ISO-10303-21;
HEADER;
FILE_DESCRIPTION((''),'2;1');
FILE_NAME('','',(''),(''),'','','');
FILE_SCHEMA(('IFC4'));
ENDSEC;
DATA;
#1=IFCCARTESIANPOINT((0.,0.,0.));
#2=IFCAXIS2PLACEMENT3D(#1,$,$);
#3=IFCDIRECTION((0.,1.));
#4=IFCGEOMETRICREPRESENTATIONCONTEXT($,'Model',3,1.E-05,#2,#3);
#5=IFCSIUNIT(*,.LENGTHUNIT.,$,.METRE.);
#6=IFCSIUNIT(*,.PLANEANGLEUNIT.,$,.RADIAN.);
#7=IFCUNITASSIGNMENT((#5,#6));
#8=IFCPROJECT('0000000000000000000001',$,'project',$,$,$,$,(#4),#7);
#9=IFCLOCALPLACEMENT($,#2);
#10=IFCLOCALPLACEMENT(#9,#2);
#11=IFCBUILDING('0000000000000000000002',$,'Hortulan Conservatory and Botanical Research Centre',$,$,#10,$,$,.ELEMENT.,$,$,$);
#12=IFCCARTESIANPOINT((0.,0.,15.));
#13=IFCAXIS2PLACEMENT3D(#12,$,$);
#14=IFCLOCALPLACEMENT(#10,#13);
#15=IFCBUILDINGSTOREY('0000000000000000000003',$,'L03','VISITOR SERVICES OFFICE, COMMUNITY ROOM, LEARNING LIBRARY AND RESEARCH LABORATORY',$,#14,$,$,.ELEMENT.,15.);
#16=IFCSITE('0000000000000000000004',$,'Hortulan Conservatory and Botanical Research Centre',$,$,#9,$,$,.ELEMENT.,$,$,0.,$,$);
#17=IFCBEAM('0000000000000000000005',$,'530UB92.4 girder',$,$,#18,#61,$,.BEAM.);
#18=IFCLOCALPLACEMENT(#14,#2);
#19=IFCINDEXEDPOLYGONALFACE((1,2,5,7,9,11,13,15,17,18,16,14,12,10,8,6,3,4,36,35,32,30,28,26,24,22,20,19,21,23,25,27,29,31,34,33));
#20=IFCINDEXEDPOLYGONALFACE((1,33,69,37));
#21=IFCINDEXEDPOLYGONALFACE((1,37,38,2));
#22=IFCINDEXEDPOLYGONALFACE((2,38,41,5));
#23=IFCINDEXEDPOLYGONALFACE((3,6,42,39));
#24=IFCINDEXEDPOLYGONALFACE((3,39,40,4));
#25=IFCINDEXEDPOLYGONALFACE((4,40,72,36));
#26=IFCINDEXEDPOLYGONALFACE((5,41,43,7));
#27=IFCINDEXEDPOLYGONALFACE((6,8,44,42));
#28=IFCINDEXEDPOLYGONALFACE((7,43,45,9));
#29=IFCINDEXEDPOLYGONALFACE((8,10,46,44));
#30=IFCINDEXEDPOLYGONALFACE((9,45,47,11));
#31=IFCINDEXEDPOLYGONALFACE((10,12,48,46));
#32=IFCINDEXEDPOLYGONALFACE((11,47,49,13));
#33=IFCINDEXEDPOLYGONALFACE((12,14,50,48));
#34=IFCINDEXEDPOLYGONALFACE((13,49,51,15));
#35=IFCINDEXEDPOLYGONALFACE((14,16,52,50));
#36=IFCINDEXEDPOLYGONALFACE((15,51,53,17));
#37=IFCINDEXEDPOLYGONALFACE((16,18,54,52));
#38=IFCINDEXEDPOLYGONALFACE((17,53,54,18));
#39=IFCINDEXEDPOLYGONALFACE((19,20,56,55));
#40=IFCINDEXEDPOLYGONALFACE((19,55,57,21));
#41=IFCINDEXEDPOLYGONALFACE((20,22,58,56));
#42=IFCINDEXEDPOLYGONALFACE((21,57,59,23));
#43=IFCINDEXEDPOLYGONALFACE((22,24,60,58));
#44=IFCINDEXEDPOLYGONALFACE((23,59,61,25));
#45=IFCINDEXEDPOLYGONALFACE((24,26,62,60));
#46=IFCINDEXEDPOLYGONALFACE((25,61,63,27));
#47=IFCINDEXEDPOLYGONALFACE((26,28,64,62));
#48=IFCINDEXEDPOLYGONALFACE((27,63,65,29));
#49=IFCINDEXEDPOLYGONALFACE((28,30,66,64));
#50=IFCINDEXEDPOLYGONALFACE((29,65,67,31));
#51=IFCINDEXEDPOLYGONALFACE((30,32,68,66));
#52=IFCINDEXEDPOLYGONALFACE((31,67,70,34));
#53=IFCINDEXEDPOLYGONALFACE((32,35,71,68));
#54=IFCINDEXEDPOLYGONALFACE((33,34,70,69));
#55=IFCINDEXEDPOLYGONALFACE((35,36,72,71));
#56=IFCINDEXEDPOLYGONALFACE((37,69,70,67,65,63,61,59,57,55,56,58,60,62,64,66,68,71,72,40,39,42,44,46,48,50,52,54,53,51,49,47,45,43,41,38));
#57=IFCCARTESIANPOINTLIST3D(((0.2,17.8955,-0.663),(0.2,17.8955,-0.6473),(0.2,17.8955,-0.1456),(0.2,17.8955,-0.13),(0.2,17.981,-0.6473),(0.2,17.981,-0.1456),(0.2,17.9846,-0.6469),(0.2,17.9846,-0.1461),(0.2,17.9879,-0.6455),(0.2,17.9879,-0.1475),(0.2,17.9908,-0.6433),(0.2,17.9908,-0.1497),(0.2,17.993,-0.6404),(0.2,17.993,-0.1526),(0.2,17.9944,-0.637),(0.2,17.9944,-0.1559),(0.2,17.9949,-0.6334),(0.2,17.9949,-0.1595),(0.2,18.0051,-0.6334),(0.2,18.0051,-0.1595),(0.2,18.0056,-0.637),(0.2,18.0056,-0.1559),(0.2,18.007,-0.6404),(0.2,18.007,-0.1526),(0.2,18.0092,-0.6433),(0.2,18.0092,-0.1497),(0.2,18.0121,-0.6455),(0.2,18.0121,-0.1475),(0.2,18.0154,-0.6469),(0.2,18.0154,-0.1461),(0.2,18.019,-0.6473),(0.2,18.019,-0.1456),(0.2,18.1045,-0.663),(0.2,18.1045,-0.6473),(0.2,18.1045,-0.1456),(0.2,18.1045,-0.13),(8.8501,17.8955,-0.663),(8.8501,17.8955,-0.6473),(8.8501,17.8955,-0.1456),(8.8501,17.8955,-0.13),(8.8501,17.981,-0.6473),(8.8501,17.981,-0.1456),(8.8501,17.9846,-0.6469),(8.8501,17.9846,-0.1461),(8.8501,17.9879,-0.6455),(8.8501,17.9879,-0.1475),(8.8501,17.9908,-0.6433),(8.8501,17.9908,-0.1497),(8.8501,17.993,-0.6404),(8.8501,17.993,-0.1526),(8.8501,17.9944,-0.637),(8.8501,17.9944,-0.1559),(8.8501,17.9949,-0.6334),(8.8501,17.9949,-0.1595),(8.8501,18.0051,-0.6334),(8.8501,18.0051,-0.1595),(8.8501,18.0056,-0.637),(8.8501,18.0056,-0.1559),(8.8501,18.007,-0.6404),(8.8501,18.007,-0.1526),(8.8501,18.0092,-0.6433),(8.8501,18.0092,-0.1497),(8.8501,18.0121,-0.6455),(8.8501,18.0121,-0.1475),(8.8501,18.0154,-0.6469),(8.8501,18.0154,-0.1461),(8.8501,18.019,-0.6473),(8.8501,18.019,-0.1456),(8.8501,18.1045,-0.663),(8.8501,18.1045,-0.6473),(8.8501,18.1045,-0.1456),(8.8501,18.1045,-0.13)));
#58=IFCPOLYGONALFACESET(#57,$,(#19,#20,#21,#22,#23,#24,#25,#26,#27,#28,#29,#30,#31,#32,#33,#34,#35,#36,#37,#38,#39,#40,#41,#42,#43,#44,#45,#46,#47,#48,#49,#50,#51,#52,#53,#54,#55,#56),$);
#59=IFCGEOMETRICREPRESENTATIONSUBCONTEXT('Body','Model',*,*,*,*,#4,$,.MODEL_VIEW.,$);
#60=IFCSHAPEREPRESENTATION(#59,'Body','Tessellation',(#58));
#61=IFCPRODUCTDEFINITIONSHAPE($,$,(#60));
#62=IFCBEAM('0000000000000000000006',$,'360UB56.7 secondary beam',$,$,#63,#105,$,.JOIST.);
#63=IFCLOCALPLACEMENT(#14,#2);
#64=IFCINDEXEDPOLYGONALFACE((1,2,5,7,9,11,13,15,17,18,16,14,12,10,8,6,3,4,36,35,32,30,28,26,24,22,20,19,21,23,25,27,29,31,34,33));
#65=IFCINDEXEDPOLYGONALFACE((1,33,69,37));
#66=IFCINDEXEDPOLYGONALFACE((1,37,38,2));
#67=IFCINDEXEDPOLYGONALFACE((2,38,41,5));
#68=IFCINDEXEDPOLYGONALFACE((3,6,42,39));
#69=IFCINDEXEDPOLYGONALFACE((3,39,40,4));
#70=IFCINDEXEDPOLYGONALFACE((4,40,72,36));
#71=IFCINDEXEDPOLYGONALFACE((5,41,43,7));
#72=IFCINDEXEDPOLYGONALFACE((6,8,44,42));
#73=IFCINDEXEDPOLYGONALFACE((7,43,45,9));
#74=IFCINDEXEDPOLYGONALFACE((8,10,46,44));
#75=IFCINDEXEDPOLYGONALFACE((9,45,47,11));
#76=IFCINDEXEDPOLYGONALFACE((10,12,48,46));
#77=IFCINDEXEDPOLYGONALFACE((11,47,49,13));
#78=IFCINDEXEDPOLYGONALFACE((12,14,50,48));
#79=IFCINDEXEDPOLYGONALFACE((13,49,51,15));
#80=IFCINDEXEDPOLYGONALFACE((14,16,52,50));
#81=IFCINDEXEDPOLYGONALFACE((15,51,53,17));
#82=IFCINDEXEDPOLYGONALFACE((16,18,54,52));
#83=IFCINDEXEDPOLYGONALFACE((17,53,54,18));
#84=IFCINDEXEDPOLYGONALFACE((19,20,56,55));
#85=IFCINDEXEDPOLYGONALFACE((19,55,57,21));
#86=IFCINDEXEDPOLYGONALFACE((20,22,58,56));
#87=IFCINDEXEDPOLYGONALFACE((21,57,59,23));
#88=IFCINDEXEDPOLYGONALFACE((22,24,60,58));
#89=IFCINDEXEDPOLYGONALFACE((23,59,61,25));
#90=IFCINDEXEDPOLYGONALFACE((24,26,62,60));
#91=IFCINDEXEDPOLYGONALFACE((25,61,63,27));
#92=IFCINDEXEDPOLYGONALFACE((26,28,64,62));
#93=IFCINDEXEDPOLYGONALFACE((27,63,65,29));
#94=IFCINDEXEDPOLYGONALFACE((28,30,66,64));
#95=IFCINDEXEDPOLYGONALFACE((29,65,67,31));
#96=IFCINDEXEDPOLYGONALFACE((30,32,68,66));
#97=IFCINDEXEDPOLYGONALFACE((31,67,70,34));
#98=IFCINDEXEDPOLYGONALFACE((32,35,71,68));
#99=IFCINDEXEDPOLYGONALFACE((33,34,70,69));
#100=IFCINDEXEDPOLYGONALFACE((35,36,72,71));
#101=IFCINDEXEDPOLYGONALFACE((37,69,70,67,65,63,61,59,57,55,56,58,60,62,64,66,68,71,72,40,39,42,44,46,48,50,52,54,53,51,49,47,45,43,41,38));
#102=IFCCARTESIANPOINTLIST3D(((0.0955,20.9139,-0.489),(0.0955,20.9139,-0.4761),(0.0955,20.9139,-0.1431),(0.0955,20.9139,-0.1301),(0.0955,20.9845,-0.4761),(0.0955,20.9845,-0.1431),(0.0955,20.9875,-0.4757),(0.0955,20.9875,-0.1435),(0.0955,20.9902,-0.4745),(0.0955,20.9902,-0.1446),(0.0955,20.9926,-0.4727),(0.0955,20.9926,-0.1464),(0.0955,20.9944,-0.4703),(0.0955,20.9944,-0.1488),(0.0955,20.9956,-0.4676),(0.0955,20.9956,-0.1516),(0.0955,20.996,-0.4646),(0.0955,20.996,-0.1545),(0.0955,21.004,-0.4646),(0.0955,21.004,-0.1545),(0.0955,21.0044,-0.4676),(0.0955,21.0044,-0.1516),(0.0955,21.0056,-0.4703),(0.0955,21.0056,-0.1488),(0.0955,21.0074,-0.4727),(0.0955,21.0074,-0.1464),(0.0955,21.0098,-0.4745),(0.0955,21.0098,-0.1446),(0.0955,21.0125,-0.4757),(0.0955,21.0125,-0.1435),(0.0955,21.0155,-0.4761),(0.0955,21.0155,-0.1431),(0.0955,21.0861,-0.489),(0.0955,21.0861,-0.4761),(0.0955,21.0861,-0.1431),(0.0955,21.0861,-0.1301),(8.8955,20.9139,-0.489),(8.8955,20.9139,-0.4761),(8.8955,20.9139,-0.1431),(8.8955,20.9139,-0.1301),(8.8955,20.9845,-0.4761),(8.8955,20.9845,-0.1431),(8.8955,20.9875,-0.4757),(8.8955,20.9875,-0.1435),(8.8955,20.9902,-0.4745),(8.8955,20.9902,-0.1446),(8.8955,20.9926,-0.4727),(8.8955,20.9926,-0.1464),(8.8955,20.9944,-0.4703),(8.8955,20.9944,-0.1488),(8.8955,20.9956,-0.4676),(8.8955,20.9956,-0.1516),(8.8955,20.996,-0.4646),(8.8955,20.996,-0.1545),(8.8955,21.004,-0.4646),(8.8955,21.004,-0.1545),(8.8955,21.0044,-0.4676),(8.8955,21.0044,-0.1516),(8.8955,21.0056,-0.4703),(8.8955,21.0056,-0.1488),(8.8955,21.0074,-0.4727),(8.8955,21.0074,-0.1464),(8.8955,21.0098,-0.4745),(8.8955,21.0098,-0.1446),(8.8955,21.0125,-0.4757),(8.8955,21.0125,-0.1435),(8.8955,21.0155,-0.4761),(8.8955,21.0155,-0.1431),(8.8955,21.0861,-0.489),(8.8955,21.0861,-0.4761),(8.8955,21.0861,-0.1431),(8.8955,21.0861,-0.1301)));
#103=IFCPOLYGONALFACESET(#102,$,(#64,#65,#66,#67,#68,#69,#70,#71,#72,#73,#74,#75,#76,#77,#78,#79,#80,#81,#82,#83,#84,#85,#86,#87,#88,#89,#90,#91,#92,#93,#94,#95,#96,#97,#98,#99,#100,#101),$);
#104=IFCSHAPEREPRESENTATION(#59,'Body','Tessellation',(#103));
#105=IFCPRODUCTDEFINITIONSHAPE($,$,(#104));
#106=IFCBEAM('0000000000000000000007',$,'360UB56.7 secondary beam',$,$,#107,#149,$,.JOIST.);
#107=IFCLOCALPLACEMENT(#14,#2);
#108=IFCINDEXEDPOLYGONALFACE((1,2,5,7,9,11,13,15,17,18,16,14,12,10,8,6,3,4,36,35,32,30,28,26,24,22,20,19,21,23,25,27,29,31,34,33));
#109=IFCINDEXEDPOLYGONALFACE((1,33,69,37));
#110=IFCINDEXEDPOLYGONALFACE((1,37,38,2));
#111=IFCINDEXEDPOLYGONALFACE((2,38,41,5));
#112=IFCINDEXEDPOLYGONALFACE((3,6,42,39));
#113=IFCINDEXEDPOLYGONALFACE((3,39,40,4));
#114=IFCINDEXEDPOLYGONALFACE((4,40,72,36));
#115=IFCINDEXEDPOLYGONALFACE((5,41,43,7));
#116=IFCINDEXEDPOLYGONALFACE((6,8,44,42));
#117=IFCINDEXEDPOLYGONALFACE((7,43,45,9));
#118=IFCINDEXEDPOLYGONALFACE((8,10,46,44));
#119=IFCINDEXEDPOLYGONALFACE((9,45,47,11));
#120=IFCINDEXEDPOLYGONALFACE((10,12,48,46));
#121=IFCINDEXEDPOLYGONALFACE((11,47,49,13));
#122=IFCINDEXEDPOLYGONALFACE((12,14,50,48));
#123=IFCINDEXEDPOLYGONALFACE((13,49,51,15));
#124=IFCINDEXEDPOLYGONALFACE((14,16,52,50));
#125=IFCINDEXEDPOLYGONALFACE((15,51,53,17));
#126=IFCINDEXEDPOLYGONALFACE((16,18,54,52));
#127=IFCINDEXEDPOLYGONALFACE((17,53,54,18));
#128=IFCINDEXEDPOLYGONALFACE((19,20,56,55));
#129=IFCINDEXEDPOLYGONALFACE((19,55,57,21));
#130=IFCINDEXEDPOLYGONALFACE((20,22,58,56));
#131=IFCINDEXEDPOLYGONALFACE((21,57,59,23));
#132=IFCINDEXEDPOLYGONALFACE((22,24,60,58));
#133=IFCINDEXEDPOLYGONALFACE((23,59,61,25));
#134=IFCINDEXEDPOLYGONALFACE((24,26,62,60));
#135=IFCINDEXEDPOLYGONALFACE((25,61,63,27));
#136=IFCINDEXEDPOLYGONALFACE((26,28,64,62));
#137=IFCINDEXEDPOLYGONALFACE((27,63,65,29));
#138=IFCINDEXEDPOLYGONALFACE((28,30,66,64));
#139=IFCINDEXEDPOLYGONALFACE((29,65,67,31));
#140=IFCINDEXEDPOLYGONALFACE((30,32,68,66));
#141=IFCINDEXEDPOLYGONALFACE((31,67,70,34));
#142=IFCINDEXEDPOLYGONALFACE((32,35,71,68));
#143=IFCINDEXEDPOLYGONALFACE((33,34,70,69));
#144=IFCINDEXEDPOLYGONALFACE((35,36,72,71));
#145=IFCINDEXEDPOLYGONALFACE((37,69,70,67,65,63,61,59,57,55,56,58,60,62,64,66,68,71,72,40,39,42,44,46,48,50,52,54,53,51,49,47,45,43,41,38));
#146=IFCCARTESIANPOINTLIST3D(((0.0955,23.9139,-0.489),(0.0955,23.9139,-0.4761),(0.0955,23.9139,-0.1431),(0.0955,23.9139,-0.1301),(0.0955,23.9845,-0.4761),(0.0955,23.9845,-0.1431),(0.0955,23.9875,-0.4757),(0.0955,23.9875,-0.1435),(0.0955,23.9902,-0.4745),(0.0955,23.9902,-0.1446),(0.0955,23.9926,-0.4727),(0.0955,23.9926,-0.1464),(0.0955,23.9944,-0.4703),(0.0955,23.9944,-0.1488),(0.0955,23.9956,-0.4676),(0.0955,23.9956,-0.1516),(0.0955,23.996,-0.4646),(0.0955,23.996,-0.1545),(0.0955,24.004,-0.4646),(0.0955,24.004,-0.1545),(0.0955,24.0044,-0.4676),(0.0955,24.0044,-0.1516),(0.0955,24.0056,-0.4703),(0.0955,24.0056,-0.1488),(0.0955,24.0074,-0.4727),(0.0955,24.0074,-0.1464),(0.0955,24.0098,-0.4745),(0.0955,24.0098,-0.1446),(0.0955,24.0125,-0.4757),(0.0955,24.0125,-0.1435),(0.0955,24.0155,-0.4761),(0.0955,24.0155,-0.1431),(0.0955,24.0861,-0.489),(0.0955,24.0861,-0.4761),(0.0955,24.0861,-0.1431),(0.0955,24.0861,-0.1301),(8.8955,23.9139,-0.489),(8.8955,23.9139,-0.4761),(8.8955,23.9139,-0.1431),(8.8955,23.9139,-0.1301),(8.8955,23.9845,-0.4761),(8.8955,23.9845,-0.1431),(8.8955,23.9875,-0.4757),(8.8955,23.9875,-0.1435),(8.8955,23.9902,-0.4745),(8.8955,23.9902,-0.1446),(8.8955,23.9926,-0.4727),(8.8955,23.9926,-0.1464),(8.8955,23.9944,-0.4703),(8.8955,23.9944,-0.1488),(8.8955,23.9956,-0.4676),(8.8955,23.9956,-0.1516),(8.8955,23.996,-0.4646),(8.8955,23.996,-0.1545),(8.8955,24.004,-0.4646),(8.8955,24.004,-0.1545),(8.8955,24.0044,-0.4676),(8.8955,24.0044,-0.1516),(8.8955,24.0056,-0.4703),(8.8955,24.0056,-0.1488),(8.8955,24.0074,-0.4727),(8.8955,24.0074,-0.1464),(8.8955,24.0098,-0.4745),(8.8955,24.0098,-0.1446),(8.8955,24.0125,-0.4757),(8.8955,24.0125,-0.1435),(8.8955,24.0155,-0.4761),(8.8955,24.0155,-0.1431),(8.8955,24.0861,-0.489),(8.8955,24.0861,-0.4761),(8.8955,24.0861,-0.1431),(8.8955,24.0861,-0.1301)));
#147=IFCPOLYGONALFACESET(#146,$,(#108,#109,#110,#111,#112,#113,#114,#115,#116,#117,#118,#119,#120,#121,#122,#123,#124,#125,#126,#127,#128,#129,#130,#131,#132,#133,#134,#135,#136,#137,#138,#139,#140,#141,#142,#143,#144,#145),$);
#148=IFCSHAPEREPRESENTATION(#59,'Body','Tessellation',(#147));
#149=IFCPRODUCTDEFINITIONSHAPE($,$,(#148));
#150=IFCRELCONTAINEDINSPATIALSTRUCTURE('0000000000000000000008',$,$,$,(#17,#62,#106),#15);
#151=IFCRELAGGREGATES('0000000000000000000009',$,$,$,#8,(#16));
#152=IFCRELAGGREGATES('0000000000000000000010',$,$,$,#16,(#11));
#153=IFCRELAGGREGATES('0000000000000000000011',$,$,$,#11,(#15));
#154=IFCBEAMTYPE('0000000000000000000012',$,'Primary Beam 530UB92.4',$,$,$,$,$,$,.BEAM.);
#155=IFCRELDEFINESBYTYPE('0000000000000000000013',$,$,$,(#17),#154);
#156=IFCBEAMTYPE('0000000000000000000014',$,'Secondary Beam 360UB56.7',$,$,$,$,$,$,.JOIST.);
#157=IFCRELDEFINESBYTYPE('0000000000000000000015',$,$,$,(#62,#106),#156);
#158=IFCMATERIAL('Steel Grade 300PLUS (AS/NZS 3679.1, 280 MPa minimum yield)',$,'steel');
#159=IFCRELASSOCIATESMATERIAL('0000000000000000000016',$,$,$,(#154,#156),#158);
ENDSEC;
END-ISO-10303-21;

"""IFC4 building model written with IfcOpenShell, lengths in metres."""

from ifc_helpers import new_model, si_unit, direction, frame, origin, origin_2d, place, context, subcontext, project, spatial, i_section, extrude, material, material_profile, profile_set, type_object, element, save


model = new_model("IFC4")

# Units and contexts
model_context = context("Model", 3, precision=1e-05, world=origin(), true_north=direction((0.0, 1.0)))
body_context = subcontext(model_context, "Body", "Model", "MODEL_VIEW")
ifc_project = project(units=[si_unit("LENGTHUNIT", "METRE"), si_unit("PLANEANGLEUNIT", "RADIAN")], contexts=[model_context])

# Site, building, storey
site_placement = place(None, origin())
site = spatial("IfcSite", under=ifc_project, at=site_placement, Name="Hortulan Conservatory and Botanical Research Centre", CompositionType="ELEMENT", RefElevation=0.0)
building_placement = place(site_placement, origin())
building = spatial("IfcBuilding", under=site, at=building_placement, Name="Hortulan Conservatory and Botanical Research Centre", CompositionType="ELEMENT")
storey_placement = place(building_placement, frame((0.0, 0.0, 15.0)))
storey = spatial("IfcBuildingStorey", under=building, at=storey_placement, Name="L03", Description="VISITOR SERVICES OFFICE, COMMUNITY ROOM, LEARNING LIBRARY AND RESEARCH LABORATORY", CompositionType="ELEMENT", Elevation=15.0)

# Beams
ifc_material_1 = material(Name="Steel Grade 300PLUS (AS/NZS 3679.1, 280 MPa minimum yield)", Category="steel")
ifc_material_profile_1 = material_profile(ifc_material_1, i_section(OverallWidth=0.209, OverallDepth=0.533, WebThickness=0.0103, FlangeThickness=0.0156, FilletRadius=0.0139, at=origin_2d()), Name="530UB92.4")
ifc_profile_set_1 = profile_set([ifc_material_profile_1], Name="Steel Grade 300PLUS (AS/NZS 3679.1, 280 MPa minimum yield)")
beam_type_1 = type_object("IfcBeamType", Name="Primary Beam 530UB92.4", PredefinedType="BEAM", material=ifc_profile_set_1)
beam_1_placement = place(storey_placement, frame((0.2, 18.0, -0.3965), z_axis=(1.0, 0.0, 0.0), x_axis=(0.0, 1.0, 0.0)))
element("IfcBeam", 1, at=beam_1_placement, inside=storey, type_object=beam_type_1, Name="530UB92.4 girder", PredefinedType="BEAM", context=body_context, shape_type="SweptSolid", body=[
    extrude(i_section(OverallWidth=0.209, OverallDepth=0.533, WebThickness=0.0103, FlangeThickness=0.0156, FilletRadius=0.0139, at=origin_2d()), origin(), (0.0, 0.0, 1.0), 8.6501),
])
ifc_material_profile_2 = material_profile(ifc_material_1, i_section(OverallWidth=0.1721, OverallDepth=0.3589, WebThickness=0.0081, FlangeThickness=0.0129, FilletRadius=0.0115, at=origin_2d()), Name="360UB56.7")
ifc_profile_set_2 = profile_set([ifc_material_profile_2], Name="Steel Grade 300PLUS (AS/NZS 3679.1, 280 MPa minimum yield)")
beam_type_2 = type_object("IfcBeamType", Name="Secondary Beam 360UB56.7", PredefinedType="JOIST", material=ifc_profile_set_2)
for number, where, z_axis, x_axis, name in (
    (2, (0.0955, 21.0, -0.3096), (1.0, 0.0, 0.0), (0.0, 1.0, 0.0), "360UB56.7 secondary beam"),
    (3, (0.0955, 24.0, -0.3096), (1.0, 0.0, 0.0), (0.0, 1.0, 0.0), "360UB56.7 secondary beam"),
):
    element("IfcBeam", number, at=place(storey_placement, frame(where, z_axis=z_axis, x_axis=x_axis)), inside=storey, type_object=beam_type_2, Name=name, PredefinedType="JOIST", context=body_context, shape_type="SweptSolid", body=[
        extrude(i_section(OverallWidth=0.1721, OverallDepth=0.3589, WebThickness=0.0081, FlangeThickness=0.0129, FilletRadius=0.0115, at=origin_2d()), origin(), (0.0, 0.0, 1.0), 8.8),
    ])

save(model, "model.ifc")
